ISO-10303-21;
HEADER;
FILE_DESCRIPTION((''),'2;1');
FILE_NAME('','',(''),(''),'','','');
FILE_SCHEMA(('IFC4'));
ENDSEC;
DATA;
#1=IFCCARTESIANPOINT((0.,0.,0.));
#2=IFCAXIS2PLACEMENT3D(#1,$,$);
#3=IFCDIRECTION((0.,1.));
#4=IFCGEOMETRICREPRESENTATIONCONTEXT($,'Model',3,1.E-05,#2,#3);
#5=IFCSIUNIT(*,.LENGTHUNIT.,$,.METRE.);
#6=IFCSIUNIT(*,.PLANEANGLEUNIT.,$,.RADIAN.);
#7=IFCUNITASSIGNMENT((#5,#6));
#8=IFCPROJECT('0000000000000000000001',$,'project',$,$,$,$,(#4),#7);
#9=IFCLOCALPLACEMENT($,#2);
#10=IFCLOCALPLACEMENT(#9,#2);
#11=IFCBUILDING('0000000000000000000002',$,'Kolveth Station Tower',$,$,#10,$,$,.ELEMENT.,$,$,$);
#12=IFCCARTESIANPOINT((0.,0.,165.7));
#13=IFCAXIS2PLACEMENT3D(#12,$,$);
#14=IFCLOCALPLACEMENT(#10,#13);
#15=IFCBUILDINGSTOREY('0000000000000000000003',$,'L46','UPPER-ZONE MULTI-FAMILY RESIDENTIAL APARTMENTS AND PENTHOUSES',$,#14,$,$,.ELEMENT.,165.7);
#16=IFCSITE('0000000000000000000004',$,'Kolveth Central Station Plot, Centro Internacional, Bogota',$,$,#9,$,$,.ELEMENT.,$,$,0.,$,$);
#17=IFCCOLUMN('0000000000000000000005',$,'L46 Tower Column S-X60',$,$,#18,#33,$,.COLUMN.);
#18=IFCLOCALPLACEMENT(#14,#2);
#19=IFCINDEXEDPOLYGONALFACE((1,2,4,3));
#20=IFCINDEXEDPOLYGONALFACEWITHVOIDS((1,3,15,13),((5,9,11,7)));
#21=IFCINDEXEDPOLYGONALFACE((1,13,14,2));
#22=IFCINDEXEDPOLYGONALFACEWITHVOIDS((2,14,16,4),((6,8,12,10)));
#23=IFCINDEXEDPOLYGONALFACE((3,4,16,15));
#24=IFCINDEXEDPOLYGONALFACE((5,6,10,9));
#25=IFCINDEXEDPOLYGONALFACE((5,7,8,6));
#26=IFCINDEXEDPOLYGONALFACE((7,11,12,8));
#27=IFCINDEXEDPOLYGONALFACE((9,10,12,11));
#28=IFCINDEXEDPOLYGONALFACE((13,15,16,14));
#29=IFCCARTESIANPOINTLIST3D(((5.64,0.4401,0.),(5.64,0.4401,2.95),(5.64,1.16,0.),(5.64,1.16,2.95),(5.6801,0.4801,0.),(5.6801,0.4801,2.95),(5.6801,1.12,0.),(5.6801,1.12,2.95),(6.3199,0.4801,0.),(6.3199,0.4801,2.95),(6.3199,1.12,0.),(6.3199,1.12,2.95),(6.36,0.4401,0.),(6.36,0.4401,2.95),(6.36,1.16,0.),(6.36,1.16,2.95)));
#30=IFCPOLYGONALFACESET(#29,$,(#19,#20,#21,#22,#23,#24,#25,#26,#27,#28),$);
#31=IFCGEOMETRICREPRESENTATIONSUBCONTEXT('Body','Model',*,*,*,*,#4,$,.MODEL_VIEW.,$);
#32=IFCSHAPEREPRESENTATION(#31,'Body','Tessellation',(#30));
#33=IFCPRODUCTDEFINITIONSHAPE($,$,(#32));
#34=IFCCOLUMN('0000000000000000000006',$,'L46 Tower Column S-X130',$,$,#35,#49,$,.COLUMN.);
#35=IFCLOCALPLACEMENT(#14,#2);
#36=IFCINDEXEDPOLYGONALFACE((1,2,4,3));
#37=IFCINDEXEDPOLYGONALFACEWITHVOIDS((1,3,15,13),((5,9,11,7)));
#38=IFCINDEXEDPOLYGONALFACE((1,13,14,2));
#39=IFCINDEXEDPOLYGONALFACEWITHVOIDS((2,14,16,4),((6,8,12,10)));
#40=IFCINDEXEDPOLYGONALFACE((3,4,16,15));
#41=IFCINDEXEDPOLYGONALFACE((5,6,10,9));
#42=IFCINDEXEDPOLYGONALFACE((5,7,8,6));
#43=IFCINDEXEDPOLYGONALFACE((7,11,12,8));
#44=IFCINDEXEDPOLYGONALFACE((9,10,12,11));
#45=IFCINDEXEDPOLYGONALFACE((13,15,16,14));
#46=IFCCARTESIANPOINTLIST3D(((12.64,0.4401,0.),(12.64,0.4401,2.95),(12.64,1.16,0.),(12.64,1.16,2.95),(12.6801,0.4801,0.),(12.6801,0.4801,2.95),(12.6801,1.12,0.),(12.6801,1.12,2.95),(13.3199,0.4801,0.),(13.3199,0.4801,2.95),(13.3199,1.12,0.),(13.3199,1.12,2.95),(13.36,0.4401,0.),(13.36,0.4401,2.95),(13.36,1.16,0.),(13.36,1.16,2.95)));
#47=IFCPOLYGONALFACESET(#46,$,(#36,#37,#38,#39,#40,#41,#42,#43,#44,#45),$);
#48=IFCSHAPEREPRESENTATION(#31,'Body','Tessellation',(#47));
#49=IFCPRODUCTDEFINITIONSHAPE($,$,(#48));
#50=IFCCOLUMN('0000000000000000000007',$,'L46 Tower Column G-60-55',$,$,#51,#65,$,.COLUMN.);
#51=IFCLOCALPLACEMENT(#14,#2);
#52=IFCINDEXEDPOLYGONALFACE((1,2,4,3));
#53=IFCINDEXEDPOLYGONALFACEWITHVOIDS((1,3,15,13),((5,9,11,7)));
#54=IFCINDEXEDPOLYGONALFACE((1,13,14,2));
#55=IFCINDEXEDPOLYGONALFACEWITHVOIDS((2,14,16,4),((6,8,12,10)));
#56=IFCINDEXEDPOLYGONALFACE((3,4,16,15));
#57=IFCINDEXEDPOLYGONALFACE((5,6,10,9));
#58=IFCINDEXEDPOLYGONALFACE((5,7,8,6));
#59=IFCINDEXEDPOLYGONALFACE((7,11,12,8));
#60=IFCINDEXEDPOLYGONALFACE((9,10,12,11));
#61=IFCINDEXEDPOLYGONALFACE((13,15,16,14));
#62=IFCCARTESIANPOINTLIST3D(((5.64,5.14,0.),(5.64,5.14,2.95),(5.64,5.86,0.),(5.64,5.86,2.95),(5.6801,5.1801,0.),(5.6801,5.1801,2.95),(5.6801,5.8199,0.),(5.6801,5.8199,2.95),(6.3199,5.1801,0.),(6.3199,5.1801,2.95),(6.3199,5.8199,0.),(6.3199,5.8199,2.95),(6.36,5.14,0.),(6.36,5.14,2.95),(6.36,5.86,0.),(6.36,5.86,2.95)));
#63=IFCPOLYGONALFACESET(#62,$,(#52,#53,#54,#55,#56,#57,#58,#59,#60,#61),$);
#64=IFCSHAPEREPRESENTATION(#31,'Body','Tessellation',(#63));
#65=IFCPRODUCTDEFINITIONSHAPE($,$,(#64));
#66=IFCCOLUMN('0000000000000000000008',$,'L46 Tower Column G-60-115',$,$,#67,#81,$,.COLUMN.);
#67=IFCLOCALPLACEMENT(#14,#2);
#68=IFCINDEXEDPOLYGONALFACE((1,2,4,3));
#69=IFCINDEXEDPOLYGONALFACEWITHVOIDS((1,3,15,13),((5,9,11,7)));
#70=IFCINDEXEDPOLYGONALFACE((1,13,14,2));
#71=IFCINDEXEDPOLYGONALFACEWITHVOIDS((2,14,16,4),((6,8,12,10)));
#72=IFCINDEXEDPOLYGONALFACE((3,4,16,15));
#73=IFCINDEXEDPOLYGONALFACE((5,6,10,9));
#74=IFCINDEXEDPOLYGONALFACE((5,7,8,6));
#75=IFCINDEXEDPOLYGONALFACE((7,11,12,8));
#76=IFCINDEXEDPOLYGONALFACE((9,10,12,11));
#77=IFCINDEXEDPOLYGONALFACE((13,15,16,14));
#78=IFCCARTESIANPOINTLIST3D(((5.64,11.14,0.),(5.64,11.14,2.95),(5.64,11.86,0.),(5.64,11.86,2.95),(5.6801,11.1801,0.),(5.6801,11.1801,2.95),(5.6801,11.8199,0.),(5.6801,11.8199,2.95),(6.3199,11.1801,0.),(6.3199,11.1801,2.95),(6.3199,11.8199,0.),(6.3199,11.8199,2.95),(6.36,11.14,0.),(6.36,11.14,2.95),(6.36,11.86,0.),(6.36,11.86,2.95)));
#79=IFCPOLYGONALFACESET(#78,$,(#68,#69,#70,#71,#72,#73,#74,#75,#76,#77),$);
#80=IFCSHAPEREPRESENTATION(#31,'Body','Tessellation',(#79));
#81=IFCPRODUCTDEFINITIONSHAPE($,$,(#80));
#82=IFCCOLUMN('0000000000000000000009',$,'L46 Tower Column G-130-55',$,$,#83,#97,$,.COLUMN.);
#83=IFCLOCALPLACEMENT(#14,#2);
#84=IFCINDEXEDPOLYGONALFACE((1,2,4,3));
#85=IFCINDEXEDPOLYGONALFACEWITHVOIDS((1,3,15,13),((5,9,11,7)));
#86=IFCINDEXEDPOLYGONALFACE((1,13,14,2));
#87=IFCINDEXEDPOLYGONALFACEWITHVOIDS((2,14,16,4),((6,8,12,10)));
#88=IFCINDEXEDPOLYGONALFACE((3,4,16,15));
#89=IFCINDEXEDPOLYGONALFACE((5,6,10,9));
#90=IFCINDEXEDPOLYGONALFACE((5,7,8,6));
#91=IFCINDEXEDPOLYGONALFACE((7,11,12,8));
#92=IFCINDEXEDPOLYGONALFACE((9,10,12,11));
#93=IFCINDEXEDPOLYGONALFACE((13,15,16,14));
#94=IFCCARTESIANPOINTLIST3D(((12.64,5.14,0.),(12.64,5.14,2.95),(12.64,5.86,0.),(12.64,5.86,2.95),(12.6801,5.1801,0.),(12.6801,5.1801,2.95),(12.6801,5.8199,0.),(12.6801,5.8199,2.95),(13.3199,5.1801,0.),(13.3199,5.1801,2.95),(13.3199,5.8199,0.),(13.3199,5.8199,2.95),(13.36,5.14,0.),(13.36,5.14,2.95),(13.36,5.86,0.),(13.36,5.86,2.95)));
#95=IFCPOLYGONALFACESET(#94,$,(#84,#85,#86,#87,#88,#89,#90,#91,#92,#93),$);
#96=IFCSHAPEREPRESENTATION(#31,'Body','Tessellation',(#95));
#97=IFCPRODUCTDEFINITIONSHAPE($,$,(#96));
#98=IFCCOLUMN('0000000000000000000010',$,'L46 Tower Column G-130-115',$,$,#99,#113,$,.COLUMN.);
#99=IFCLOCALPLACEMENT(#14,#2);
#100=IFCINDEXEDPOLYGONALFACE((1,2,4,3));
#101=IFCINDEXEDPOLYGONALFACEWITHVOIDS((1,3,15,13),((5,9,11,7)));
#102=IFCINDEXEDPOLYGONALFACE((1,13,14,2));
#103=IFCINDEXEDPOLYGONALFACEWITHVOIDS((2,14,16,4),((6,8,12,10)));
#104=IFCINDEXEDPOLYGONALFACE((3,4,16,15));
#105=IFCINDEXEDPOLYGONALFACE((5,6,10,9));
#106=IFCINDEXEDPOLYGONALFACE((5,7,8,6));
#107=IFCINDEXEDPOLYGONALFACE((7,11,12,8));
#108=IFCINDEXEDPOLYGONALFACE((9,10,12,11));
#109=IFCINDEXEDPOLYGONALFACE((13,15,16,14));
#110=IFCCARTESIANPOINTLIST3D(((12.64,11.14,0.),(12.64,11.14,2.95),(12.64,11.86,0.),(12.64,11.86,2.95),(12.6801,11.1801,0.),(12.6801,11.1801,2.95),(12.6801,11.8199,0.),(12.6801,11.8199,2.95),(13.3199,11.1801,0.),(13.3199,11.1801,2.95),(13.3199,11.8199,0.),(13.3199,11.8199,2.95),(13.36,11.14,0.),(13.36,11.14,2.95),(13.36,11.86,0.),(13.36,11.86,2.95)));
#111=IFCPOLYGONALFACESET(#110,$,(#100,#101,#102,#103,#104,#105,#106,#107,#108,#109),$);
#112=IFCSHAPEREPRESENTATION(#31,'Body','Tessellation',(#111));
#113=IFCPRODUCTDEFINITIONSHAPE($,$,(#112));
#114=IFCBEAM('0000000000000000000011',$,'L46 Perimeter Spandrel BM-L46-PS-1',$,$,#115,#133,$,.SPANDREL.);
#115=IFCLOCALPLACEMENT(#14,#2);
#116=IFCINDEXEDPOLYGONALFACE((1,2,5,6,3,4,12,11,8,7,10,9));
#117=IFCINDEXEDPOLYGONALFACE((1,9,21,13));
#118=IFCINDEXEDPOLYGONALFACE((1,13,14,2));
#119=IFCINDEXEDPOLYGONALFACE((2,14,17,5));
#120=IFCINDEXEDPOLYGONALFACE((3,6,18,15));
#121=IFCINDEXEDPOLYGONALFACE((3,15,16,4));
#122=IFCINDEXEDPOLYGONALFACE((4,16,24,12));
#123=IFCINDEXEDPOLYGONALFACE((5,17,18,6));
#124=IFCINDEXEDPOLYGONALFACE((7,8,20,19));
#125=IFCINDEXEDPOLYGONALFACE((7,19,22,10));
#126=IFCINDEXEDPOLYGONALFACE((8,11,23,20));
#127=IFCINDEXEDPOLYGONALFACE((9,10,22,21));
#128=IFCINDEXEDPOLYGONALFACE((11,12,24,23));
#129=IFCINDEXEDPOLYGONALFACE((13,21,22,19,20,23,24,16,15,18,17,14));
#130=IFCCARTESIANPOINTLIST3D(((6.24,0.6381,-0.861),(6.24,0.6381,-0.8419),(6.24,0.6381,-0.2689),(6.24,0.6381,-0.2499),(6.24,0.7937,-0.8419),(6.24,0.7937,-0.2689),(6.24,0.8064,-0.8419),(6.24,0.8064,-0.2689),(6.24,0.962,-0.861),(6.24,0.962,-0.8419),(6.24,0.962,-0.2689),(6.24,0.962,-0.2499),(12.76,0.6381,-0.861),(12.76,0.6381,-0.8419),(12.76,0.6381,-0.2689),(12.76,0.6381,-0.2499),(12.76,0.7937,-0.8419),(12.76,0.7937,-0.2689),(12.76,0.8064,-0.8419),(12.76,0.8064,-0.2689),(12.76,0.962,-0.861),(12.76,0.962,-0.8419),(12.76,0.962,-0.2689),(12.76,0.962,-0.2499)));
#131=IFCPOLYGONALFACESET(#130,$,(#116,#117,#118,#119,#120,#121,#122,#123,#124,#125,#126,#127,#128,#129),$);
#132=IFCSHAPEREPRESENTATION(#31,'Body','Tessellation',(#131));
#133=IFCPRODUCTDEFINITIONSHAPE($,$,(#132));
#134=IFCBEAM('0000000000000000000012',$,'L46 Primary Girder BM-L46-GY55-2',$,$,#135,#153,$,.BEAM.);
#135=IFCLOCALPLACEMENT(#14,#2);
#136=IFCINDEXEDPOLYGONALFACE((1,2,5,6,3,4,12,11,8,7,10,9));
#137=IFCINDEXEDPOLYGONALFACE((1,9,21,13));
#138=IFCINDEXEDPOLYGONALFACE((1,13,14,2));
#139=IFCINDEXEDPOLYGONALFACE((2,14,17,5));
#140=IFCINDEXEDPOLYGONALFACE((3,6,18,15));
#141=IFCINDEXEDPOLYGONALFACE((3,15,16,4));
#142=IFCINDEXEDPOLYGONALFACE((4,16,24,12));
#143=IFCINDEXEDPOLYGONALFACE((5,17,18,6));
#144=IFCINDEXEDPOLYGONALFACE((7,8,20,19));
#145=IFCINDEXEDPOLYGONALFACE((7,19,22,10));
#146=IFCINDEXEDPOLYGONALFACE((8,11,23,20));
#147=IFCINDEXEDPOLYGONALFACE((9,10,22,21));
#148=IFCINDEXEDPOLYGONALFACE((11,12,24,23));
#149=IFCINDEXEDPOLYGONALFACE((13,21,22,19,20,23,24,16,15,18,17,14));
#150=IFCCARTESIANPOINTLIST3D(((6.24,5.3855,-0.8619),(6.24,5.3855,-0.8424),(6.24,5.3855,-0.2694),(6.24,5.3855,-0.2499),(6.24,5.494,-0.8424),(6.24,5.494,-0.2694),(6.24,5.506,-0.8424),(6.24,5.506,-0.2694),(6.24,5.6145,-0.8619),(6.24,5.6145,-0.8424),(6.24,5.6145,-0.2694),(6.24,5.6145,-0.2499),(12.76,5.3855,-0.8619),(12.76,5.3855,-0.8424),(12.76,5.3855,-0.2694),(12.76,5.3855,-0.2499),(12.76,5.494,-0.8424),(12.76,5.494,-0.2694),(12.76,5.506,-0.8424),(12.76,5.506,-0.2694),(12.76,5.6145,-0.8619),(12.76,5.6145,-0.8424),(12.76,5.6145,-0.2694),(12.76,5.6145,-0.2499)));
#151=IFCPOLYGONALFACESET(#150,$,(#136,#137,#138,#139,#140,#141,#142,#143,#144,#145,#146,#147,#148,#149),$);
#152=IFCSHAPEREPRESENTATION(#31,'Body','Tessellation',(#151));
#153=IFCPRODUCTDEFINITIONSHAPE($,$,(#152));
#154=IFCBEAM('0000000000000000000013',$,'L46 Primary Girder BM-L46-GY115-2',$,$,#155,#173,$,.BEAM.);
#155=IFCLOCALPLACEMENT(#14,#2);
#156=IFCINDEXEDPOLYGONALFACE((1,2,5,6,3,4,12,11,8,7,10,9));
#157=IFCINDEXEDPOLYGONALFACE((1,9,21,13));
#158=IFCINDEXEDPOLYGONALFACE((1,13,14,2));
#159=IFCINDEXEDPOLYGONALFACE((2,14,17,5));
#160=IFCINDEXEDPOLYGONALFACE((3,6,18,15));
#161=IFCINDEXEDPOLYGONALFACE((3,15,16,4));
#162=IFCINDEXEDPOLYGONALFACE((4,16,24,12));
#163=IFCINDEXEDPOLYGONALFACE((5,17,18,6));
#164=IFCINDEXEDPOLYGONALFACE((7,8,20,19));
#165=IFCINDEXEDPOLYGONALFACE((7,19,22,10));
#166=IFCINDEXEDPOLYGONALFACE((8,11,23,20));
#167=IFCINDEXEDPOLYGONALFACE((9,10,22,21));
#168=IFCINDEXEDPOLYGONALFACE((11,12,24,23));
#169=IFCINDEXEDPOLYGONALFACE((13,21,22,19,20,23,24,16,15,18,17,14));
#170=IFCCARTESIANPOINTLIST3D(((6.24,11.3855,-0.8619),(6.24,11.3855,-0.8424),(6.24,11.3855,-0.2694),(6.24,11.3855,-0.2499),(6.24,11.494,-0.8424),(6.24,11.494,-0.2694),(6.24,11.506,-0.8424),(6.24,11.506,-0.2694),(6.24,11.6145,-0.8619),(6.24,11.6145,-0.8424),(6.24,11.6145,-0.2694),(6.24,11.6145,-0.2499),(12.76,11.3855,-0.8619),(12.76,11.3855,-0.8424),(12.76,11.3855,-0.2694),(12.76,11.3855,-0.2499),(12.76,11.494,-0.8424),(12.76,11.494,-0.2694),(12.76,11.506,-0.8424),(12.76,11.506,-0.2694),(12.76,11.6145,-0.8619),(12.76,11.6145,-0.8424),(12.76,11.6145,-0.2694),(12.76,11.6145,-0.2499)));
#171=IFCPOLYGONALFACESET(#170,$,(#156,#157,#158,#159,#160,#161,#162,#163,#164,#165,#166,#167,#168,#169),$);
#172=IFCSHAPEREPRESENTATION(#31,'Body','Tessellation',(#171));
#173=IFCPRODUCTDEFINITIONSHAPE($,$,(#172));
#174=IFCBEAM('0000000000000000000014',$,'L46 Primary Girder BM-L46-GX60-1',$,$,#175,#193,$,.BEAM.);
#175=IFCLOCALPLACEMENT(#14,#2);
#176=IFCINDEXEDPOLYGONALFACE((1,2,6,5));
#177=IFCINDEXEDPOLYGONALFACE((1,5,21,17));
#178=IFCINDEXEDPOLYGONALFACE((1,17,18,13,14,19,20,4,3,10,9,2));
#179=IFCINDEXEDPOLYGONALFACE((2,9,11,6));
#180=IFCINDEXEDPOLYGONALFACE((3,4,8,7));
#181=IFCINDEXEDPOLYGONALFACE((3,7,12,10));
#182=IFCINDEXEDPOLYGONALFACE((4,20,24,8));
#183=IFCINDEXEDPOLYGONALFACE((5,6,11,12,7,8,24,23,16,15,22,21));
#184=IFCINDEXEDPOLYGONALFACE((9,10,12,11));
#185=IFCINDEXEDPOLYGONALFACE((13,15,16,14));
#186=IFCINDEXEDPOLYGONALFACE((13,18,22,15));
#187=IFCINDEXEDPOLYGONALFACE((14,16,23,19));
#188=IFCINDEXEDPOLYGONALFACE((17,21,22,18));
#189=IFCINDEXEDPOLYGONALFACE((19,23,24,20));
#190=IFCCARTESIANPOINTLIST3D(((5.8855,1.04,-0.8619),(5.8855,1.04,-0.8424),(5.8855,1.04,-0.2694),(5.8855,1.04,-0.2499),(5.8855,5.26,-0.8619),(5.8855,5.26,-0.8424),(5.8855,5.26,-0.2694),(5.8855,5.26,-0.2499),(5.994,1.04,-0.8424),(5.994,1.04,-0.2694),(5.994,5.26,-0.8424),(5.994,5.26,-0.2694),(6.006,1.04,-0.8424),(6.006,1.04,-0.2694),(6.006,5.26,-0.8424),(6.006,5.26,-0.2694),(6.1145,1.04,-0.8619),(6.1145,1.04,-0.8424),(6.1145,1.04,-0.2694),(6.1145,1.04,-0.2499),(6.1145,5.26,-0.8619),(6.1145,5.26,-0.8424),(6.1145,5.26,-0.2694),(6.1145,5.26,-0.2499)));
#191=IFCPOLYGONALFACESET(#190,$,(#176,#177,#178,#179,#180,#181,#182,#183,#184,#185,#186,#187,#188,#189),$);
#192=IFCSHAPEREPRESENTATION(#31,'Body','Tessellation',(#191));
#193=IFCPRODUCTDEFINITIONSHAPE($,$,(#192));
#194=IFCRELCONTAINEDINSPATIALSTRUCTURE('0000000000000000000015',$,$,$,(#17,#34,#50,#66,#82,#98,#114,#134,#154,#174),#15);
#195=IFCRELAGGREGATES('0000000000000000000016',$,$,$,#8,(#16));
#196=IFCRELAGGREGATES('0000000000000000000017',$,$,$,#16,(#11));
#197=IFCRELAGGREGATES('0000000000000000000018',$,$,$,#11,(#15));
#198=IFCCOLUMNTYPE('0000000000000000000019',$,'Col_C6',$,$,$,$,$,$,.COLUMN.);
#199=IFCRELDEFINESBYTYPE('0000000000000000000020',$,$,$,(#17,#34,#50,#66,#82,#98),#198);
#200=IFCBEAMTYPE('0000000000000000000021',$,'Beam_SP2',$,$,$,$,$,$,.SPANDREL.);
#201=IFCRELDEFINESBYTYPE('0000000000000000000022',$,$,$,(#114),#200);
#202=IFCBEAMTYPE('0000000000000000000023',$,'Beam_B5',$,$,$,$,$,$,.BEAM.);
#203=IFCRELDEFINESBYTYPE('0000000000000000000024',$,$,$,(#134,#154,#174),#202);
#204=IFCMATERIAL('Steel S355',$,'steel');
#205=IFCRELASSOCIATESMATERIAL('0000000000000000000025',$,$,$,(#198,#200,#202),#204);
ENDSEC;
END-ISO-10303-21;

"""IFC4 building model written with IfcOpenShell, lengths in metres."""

from ifc_helpers import new_model, si_unit, direction, frame, origin, origin_2d, place, context, subcontext, project, spatial, hollow_rectangle, i_section, extrude, source, transform, mapped, material, material_profile, profile_set, type_object, element, save


model = new_model("IFC4")

# Units and contexts
model_context = context("Model", 3, precision=1e-05, world=origin(), true_north=direction((0.0, 1.0)))
body_context = subcontext(model_context, "Body", "Model", "MODEL_VIEW")
ifc_project = project(units=[si_unit("LENGTHUNIT", "METRE"), si_unit("PLANEANGLEUNIT", "RADIAN")], contexts=[model_context])

# Site, building, storey
site_placement = place(None, origin())
site = spatial("IfcSite", under=ifc_project, at=site_placement, Name="Kolveth Central Station Plot, Centro Internacional, Bogota", CompositionType="ELEMENT", RefElevation=0.0)
building_placement = place(site_placement, origin())
building = spatial("IfcBuilding", under=site, at=building_placement, Name="Kolveth Station Tower", CompositionType="ELEMENT")
storey_placement = place(building_placement, frame((0.0, 0.0, 165.7)))
storey = spatial("IfcBuildingStorey", under=building, at=storey_placement, Name="L46", Description="UPPER-ZONE MULTI-FAMILY RESIDENTIAL APARTMENTS AND PENTHOUSES", CompositionType="ELEMENT", Elevation=165.7)

# Columns
ifc_material_1 = material(Name="Steel S355", Category="steel")
ifc_material_profile_1 = material_profile(ifc_material_1, hollow_rectangle(XDim=0.72, YDim=0.72, WallThickness=0.04, at=origin_2d()), Name="BOX720x720x40")
ifc_profile_set_1 = profile_set([ifc_material_profile_1], Name="Steel S355")
column_type = type_object("IfcColumnType", Name="Col_C6", PredefinedType="COLUMN", material=ifc_profile_set_1)
shared_shape_1 = source(origin(), body_context, "Body", "SweptSolid", [
    extrude(hollow_rectangle(XDim=0.72, YDim=0.72, WallThickness=0.04, at=origin_2d()), origin(), (0.0, 0.0, 1.0), 2.95),
])
for number, where, z_axis, x_axis, name in (
    (1, (6.0, 0.8, 0.0), (0.0, 0.0, 1.0), (1.0, 0.0, 0.0), "L46 Tower Column S-X60"),
    (2, (13.0, 0.8, 0.0), (0.0, 0.0, 1.0), (1.0, 0.0, 0.0), "L46 Tower Column S-X130"),
    (3, (6.0, 5.5, 0.0), (0.0, 0.0, 1.0), (1.0, 0.0, 0.0), "L46 Tower Column G-60-55"),
    (4, (6.0, 11.5, 0.0), (0.0, 0.0, 1.0), (1.0, 0.0, 0.0), "L46 Tower Column G-60-115"),
    (5, (13.0, 5.5, 0.0), (0.0, 0.0, 1.0), (1.0, 0.0, 0.0), "L46 Tower Column G-130-55"),
    (6, (13.0, 11.5, 0.0), (0.0, 0.0, 1.0), (1.0, 0.0, 0.0), "L46 Tower Column G-130-115"),
):
    element("IfcColumn", number, at=place(storey_placement, frame(where, z_axis=z_axis, x_axis=x_axis)), inside=storey, type_object=column_type, Name=name, PredefinedType="COLUMN", context=body_context, shape_type="MappedRepresentation", body=[
        mapped(shared_shape_1, transform((0.0, 0.0, 0.0), x_axis=(1.0, 0.0, 0.0), y_axis=(0.0, 1.0, 0.0), z_axis=(0.0, 0.0, 1.0), scale=1.0)),
    ])

# Beams
ifc_material_profile_2 = material_profile(ifc_material_1, i_section(OverallWidth=0.324, OverallDepth=0.6111, WebThickness=0.0127, FlangeThickness=0.019, at=origin_2d()), Name="W610x155")
ifc_profile_set_2 = profile_set([ifc_material_profile_2], Name="Steel S355")
beam_type_1 = type_object("IfcBeamType", Name="Beam_SP2", PredefinedType="SPANDREL", material=ifc_profile_set_2)
shared_shape_2 = source(origin(), body_context, "Body", "SweptSolid", [
    extrude(i_section(OverallWidth=0.324, OverallDepth=0.6111, WebThickness=0.0127, FlangeThickness=0.019, at=origin_2d()), origin(), (0.0, 0.0, 1.0), 6.52),
])
beam_placement = place(storey_placement, frame((6.24, 0.8, -0.5554), z_axis=(1.0, 0.0, 0.0), x_axis=(0.0, 1.0, 0.0)))
element("IfcBeam", 7, at=beam_placement, inside=storey, type_object=beam_type_1, Name="L46 Perimeter Spandrel BM-L46-PS-1", PredefinedType="SPANDREL", context=body_context, shape_type="MappedRepresentation", body=[
    mapped(shared_shape_2, transform((0.0, 0.0, 0.0), x_axis=(1.0, 0.0, 0.0), y_axis=(0.0, 1.0, 0.0), z_axis=(0.0, 0.0, 1.0), scale=1.0)),
])
ifc_material_profile_3 = material_profile(ifc_material_1, i_section(OverallWidth=0.229, OverallDepth=0.6121, WebThickness=0.012, FlangeThickness=0.0195, at=origin_2d()), Name="W610x125")
ifc_profile_set_3 = profile_set([ifc_material_profile_3], Name="Steel S355")
beam_type_2 = type_object("IfcBeamType", Name="Beam_B5", PredefinedType="BEAM", material=ifc_profile_set_3)
shared_shape_3 = source(origin(), body_context, "Body", "SweptSolid", [
    extrude(i_section(OverallWidth=0.229, OverallDepth=0.6121, WebThickness=0.012, FlangeThickness=0.0195, at=origin_2d()), origin(), (0.0, 0.0, 1.0), 6.52),
])
for number, where, z_axis, x_axis, name in (
    (8, (6.24, 5.5, -0.5559), (1.0, 0.0, 0.0), (0.0, 1.0, 0.0), "L46 Primary Girder BM-L46-GY55-2"),
    (9, (6.24, 11.5, -0.5559), (1.0, 0.0, 0.0), (0.0, 1.0, 0.0), "L46 Primary Girder BM-L46-GY115-2"),
):
    element("IfcBeam", number, at=place(storey_placement, frame(where, z_axis=z_axis, x_axis=x_axis)), inside=storey, type_object=beam_type_2, Name=name, PredefinedType="BEAM", context=body_context, shape_type="MappedRepresentation", body=[
        mapped(shared_shape_3, transform((0.0, 0.0, 0.0), x_axis=(1.0, 0.0, 0.0), y_axis=(0.0, 1.0, 0.0), z_axis=(0.0, 0.0, 1.0), scale=1.0)),
    ])
shared_shape_4 = source(origin(), body_context, "Body", "SweptSolid", [
    extrude(i_section(OverallWidth=0.229, OverallDepth=0.6121, WebThickness=0.012, FlangeThickness=0.0195, at=origin_2d()), origin(), (0.0, 0.0, 1.0), 4.22),
])
for number, where, z_axis, x_axis, name in (
    (10, (6.0, 1.04, -0.5559), (0.0, 1.0, 0.0), (-1.0, 0.0, 0.0), "L46 Primary Girder BM-L46-GX60-1"),
):
    element("IfcBeam", number, at=place(storey_placement, frame(where, z_axis=z_axis, x_axis=x_axis)), inside=storey, type_object=beam_type_2, Name=name, PredefinedType="BEAM", context=body_context, shape_type="MappedRepresentation", body=[
        mapped(shared_shape_4, transform((0.0, 0.0, 0.0), x_axis=(1.0, 0.0, 0.0), y_axis=(0.0, 1.0, 0.0), z_axis=(0.0, 0.0, 1.0), scale=1.0)),
    ])

save(model, "model.ifc")
